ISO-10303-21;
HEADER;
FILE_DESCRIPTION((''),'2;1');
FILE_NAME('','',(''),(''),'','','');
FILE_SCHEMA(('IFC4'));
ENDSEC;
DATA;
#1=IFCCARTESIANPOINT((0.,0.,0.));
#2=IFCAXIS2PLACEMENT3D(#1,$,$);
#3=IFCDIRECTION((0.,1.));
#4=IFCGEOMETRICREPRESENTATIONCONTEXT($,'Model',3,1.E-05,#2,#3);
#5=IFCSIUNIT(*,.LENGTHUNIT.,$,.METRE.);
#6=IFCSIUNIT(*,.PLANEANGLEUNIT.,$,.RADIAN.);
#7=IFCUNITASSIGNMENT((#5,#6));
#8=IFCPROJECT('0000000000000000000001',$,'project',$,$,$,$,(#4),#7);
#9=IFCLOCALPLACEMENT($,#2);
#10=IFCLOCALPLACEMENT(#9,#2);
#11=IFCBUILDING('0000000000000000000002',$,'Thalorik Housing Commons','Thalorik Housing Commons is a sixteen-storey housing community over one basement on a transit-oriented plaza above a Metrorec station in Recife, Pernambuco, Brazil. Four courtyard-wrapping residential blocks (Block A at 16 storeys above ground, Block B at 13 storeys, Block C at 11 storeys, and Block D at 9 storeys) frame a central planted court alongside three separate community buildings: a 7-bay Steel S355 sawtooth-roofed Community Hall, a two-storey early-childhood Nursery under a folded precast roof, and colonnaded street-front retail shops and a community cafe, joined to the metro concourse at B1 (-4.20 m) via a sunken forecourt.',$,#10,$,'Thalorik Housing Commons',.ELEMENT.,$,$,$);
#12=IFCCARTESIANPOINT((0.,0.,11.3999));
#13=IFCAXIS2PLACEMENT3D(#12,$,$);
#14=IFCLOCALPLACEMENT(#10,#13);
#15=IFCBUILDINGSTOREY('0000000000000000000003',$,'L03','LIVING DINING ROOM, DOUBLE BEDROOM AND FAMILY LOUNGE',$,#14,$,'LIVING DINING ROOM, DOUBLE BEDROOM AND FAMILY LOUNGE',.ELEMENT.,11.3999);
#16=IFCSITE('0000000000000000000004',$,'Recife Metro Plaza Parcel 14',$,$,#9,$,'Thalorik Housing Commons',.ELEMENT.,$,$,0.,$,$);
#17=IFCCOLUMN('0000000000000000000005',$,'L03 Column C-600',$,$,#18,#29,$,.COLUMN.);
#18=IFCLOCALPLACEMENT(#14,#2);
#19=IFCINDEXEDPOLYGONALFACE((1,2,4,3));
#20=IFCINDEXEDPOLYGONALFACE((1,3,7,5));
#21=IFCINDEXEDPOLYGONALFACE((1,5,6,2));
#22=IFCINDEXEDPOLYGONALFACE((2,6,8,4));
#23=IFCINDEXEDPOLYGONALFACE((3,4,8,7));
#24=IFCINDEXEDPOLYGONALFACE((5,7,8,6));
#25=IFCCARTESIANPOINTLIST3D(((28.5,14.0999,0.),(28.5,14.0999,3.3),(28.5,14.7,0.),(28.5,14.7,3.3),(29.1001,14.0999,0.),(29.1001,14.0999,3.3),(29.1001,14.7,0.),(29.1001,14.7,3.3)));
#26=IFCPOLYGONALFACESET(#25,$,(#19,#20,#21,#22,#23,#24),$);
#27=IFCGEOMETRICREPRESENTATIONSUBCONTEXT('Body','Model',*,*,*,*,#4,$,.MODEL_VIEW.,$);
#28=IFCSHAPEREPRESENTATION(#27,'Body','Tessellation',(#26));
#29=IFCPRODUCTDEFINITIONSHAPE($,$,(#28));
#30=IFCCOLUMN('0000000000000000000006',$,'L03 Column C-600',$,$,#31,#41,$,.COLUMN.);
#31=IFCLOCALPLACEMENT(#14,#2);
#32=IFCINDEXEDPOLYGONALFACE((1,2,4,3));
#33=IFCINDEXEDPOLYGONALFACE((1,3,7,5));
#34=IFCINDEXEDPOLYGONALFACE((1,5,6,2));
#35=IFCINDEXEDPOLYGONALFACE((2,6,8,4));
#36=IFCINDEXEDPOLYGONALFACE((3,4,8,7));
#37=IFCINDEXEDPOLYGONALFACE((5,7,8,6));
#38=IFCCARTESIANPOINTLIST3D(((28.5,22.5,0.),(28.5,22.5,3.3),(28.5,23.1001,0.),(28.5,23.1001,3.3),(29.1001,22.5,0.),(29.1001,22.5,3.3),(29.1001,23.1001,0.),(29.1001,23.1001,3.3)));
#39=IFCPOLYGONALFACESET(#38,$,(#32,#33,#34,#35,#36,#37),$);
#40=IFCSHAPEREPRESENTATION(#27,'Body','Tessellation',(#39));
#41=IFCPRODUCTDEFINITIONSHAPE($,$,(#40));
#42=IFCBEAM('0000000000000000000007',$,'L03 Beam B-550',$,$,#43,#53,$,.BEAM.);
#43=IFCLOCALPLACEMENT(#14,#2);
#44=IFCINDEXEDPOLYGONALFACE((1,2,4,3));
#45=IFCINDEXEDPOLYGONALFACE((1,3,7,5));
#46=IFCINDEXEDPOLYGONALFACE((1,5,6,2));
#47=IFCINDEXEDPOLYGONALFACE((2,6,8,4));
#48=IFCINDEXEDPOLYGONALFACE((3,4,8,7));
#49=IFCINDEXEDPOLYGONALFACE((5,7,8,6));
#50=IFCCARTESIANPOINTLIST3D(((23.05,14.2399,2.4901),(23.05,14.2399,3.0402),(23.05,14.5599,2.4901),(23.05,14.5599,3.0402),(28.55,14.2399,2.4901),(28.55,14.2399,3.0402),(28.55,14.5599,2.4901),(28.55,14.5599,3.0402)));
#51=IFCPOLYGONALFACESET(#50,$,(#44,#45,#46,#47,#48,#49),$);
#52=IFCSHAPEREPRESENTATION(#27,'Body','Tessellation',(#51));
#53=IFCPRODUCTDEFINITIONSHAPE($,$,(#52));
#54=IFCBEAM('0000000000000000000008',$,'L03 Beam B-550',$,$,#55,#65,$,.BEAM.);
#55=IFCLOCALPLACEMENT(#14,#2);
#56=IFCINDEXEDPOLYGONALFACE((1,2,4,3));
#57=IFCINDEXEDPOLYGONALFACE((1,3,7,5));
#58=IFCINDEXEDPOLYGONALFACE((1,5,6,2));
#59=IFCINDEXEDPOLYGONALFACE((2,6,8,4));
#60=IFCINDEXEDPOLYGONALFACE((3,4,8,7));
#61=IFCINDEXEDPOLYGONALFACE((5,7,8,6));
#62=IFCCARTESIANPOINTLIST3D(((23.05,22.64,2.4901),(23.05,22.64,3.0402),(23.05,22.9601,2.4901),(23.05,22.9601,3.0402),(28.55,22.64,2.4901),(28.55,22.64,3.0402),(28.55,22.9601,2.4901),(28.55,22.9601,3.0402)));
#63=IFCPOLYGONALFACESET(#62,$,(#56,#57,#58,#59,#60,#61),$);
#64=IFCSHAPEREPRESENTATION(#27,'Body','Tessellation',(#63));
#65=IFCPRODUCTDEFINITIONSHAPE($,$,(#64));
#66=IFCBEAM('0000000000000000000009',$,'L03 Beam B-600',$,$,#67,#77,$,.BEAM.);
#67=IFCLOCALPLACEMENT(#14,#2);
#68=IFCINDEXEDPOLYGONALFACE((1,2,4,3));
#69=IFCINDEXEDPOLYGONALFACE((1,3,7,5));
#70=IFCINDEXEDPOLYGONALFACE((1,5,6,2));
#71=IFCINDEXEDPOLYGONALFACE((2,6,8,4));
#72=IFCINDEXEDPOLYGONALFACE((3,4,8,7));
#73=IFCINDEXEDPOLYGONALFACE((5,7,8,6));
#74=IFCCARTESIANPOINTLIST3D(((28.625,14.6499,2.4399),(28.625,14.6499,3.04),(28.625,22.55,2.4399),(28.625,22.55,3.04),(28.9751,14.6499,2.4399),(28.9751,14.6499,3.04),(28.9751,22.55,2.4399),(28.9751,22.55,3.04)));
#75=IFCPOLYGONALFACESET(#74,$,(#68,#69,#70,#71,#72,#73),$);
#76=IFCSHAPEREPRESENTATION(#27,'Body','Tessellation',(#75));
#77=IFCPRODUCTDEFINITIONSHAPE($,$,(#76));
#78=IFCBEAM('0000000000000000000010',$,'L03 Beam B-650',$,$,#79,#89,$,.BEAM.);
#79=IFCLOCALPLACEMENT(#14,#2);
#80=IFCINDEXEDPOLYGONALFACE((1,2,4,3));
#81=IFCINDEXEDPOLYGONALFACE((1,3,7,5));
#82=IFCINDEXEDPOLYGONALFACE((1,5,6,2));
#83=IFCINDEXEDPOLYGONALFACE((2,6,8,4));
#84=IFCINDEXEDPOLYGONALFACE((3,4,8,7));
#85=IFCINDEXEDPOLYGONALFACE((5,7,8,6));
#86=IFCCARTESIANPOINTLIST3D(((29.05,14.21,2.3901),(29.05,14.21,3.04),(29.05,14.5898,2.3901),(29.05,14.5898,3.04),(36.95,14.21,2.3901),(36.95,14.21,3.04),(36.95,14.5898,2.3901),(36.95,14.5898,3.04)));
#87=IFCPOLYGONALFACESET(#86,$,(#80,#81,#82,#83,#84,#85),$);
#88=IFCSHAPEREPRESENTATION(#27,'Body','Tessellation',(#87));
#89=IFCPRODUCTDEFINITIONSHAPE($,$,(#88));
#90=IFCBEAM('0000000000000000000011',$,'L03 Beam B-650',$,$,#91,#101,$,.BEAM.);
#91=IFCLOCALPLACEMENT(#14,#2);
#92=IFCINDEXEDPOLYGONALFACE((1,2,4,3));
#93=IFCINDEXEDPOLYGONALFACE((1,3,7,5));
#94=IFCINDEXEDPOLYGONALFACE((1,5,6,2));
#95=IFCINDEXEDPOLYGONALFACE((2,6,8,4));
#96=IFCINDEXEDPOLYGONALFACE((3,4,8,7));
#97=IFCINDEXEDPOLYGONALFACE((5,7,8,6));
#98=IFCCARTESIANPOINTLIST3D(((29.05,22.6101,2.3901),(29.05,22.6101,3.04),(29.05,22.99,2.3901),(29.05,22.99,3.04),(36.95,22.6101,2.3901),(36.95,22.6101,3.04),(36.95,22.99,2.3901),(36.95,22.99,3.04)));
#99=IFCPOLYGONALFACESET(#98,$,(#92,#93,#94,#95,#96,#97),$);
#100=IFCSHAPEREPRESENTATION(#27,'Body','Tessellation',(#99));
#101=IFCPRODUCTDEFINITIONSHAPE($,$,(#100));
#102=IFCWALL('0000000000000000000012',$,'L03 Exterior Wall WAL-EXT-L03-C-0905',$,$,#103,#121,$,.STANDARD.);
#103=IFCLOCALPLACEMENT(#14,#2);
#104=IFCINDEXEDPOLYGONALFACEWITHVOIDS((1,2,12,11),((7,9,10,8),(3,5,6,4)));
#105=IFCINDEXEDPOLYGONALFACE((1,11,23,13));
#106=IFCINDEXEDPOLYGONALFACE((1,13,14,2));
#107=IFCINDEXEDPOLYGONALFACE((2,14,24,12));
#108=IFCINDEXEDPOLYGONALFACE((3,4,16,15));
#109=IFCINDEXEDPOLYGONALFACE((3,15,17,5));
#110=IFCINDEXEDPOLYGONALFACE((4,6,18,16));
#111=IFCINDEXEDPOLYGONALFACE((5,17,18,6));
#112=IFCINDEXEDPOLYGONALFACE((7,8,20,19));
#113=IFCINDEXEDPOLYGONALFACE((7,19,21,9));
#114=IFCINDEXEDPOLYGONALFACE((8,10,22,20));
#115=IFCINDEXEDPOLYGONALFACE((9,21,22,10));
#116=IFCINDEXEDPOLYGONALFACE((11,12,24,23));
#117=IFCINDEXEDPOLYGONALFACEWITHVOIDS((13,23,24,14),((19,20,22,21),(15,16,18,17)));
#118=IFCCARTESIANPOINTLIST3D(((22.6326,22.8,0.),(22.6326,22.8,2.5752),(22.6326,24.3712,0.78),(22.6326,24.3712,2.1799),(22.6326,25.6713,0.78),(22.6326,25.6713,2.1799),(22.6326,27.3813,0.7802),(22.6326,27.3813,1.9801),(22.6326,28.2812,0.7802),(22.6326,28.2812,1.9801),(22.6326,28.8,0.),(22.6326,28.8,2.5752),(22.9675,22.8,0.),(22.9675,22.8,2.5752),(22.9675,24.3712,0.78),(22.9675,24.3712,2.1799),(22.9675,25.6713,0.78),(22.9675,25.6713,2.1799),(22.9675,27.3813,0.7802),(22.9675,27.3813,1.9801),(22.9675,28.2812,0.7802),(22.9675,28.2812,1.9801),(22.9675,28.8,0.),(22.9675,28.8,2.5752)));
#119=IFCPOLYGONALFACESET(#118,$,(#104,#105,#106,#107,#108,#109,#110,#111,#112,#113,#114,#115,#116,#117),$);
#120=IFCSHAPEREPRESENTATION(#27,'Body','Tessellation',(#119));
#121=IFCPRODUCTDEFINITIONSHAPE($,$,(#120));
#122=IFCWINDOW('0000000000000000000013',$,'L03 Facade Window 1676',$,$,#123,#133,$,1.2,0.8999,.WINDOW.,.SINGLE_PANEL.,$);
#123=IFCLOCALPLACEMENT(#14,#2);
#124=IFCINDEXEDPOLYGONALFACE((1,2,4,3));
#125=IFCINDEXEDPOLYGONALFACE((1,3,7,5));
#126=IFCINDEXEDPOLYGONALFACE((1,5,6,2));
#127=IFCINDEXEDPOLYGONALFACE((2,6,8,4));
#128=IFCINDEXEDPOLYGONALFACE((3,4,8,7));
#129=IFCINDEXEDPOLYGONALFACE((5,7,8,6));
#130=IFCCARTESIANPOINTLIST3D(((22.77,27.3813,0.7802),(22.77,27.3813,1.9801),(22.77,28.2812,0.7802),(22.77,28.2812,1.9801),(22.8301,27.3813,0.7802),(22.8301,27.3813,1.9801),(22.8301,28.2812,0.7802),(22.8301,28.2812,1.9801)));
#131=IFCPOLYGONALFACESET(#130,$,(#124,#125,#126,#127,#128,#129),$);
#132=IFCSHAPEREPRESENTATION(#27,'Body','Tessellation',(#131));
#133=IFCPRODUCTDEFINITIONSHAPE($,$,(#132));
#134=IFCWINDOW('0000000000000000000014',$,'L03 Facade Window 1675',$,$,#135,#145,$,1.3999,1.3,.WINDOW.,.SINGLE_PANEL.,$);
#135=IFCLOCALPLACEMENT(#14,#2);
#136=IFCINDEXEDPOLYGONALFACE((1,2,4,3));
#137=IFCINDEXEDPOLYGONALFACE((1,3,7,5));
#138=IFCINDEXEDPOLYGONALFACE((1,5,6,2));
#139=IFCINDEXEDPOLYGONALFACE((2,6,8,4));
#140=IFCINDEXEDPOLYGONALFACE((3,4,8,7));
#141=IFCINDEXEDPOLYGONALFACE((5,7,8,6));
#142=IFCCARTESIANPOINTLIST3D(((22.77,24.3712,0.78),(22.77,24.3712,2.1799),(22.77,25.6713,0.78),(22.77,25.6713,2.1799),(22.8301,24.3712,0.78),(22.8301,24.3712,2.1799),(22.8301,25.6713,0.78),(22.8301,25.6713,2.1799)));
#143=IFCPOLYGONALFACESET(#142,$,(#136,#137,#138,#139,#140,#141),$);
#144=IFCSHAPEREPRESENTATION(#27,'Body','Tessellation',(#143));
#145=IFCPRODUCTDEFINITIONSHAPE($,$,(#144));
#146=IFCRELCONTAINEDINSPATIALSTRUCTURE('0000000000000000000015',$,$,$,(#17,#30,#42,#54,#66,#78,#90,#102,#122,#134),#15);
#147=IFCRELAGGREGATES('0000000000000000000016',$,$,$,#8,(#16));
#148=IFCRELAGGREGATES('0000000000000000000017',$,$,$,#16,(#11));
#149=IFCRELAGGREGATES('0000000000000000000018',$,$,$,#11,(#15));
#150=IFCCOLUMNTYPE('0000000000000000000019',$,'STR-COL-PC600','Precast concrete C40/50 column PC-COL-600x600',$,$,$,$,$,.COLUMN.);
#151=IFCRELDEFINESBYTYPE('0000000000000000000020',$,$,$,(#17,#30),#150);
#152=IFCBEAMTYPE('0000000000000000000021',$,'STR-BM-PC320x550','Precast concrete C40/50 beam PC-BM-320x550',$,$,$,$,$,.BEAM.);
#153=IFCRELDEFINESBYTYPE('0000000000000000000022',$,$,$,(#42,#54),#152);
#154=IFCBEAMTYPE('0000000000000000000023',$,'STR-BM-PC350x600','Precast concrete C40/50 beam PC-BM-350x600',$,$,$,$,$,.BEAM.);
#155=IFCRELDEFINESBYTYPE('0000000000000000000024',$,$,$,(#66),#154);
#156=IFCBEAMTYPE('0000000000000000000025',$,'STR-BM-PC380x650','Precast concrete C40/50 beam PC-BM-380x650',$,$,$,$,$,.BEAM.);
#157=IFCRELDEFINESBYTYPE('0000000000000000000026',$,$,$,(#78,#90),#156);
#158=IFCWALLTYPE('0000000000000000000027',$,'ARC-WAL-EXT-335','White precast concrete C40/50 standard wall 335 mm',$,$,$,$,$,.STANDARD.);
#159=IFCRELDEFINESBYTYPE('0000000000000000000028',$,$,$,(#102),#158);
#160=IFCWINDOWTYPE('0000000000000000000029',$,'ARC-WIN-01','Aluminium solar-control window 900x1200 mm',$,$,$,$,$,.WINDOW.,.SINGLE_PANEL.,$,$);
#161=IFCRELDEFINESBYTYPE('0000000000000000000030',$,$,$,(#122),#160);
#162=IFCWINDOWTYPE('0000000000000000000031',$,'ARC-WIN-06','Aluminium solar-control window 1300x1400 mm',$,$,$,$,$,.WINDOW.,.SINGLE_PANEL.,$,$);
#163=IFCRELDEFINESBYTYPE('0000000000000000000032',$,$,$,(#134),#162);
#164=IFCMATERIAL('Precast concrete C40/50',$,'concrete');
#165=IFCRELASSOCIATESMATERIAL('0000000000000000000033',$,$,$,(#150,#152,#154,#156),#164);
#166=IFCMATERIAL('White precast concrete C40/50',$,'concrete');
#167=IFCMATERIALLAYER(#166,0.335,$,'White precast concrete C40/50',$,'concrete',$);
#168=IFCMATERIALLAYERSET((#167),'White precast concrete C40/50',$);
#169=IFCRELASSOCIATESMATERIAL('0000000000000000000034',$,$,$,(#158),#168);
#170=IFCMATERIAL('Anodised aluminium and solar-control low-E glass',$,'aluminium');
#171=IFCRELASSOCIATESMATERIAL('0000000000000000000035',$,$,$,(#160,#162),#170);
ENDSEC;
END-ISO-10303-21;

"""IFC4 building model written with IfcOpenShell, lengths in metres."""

from ifc_helpers import new_model, si_unit, direction, frame, frame_2d, origin, origin_2d, place, context, subcontext, project, spatial, rectangle, extrude, material, layer, layer_set, material_profile, profile_set, type_object, element, fill, save


model = new_model("IFC4")

# Units and contexts
model_context = context("Model", 3, precision=1e-05, world=origin(), true_north=direction((0.0, 1.0)))
body_context = subcontext(model_context, "Body", "Model", "MODEL_VIEW")
ifc_project = project(units=[si_unit("LENGTHUNIT", "METRE"), si_unit("PLANEANGLEUNIT", "RADIAN")], contexts=[model_context])

# Site, building, storey
site_placement = place(None, origin())
site = spatial("IfcSite", under=ifc_project, at=site_placement, Name="Recife Metro Plaza Parcel 14", LongName="Thalorik Housing Commons", CompositionType="ELEMENT", RefElevation=0.0)
building_placement = place(site_placement, origin())
building = spatial("IfcBuilding", under=site, at=building_placement, Name="Thalorik Housing Commons", Description="Thalorik Housing Commons is a sixteen-storey housing community over one basement on a transit-oriented plaza above a Metrorec station in Recife, Pernambuco, Brazil. Four courtyard-wrapping residential blocks (Block A at 16 storeys above ground, Block B at 13 storeys, Block C at 11 storeys, and Block D at 9 storeys) frame a central planted court alongside three separate community buildings: a 7-bay Steel S355 sawtooth-roofed Community Hall, a two-storey early-childhood Nursery under a folded precast roof, and colonnaded street-front retail shops and a community cafe, joined to the metro concourse at B1 (-4.20 m) via a sunken forecourt.", LongName="Thalorik Housing Commons", CompositionType="ELEMENT")
storey_placement = place(building_placement, frame((0.0, 0.0, 11.3999)))
storey = spatial("IfcBuildingStorey", under=building, at=storey_placement, Name="L03", Description="LIVING DINING ROOM, DOUBLE BEDROOM AND FAMILY LOUNGE", LongName="LIVING DINING ROOM, DOUBLE BEDROOM AND FAMILY LOUNGE", CompositionType="ELEMENT", Elevation=11.3999)

# Columns
ifc_material_1 = material(Name="Precast concrete C40/50", Category="concrete")
ifc_material_profile_1 = material_profile(ifc_material_1, rectangle(XDim=0.6001, YDim=0.6001, at=origin_2d()), Name="PC 600x600", Category="concrete")
ifc_profile_set_1 = profile_set([ifc_material_profile_1], Name="Precast concrete C40/50")
column_type = type_object("IfcColumnType", Name="STR-COL-PC600", Description="Precast concrete C40/50 column PC-COL-600x600", PredefinedType="COLUMN", material=ifc_profile_set_1)
for number, where, z_axis, x_axis, name in (
    (1, (28.8, 14.3999, 0.0), (0.0, 0.0, 1.0), (1.0, 0.0, 0.0), "L03 Column C-600"),
    (2, (28.8, 22.8, 0.0), (0.0, 0.0, 1.0), (1.0, 0.0, 0.0), "L03 Column C-600"),
):
    element("IfcColumn", number, at=place(storey_placement, frame(where, z_axis=z_axis, x_axis=x_axis)), inside=storey, type_object=column_type, Name=name, PredefinedType="COLUMN", context=body_context, shape_type="SweptSolid", body=[
        extrude(rectangle(XDim=0.6001, YDim=0.6001, at=origin_2d()), origin(), (0.0, 0.0, 1.0), 3.3),
    ])

# Beams
ifc_material_profile_2 = material_profile(ifc_material_1, rectangle(XDim=0.3201, YDim=0.55, at=origin_2d()), Name="PC 320x550", Category="concrete")
ifc_profile_set_2 = profile_set([ifc_material_profile_2], Name="Precast concrete C40/50")
beam_type_1 = type_object("IfcBeamType", Name="STR-BM-PC320x550", Description="Precast concrete C40/50 beam PC-BM-320x550", PredefinedType="BEAM", material=ifc_profile_set_2)
for number, where, z_axis, x_axis, name in (
    (3, (23.05, 14.3999, 2.7651), (1.0, 0.0, 0.0), (0.0, 1.0, 0.0), "L03 Beam B-550"),
    (4, (23.05, 22.8, 2.7651), (1.0, 0.0, 0.0), (0.0, 1.0, 0.0), "L03 Beam B-550"),
):
    element("IfcBeam", number, at=place(storey_placement, frame(where, z_axis=z_axis, x_axis=x_axis)), inside=storey, type_object=beam_type_1, Name=name, PredefinedType="BEAM", context=body_context, shape_type="SweptSolid", body=[
        extrude(rectangle(XDim=0.3201, YDim=0.55, at=origin_2d()), origin(), (0.0, 0.0, 1.0), 5.5),
    ])
ifc_material_profile_3 = material_profile(ifc_material_1, rectangle(XDim=0.3501, YDim=0.6001, at=origin_2d()), Name="PC 350x600", Category="concrete")
ifc_profile_set_3 = profile_set([ifc_material_profile_3], Name="Precast concrete C40/50")
beam_type_2 = type_object("IfcBeamType", Name="STR-BM-PC350x600", Description="Precast concrete C40/50 beam PC-BM-350x600", PredefinedType="BEAM", material=ifc_profile_set_3)
beam_placement = place(storey_placement, frame((28.8, 14.6499, 2.74), z_axis=(0.0, 1.0, 0.0), x_axis=(-1.0, 0.0, 0.0)))
element("IfcBeam", 5, at=beam_placement, inside=storey, type_object=beam_type_2, Name="L03 Beam B-600", PredefinedType="BEAM", context=body_context, shape_type="SweptSolid", body=[
    extrude(rectangle(XDim=0.3501, YDim=0.6001, at=origin_2d()), origin(), (0.0, 0.0, 1.0), 7.9001),
])
ifc_material_profile_4 = material_profile(ifc_material_1, rectangle(XDim=0.3799, YDim=0.6499, at=origin_2d()), Name="PC 380x650", Category="concrete")
ifc_profile_set_4 = profile_set([ifc_material_profile_4], Name="Precast concrete C40/50")
beam_type_3 = type_object("IfcBeamType", Name="STR-BM-PC380x650", Description="Precast concrete C40/50 beam PC-BM-380x650", PredefinedType="BEAM", material=ifc_profile_set_4)
for number, where, z_axis, x_axis, name in (
    (6, (29.05, 14.3999, 2.7151), (1.0, 0.0, 0.0), (0.0, 1.0, 0.0), "L03 Beam B-650"),
    (7, (29.05, 22.8, 2.7151), (1.0, 0.0, 0.0), (0.0, 1.0, 0.0), "L03 Beam B-650"),
):
    element("IfcBeam", number, at=place(storey_placement, frame(where, z_axis=z_axis, x_axis=x_axis)), inside=storey, type_object=beam_type_3, Name=name, PredefinedType="BEAM", context=body_context, shape_type="SweptSolid", body=[
        extrude(rectangle(XDim=0.3799, YDim=0.6499, at=origin_2d()), origin(), (0.0, 0.0, 1.0), 7.8999),
    ])

# Wall, openings, windows
ifc_material_2 = material(Name="White precast concrete C40/50", Category="concrete")
ifc_layer_1 = layer(ifc_material_2, 0.335, Name="White precast concrete C40/50", Category="concrete")
ifc_layer_set_1 = layer_set([ifc_layer_1], Name="White precast concrete C40/50")
wall_type_1 = type_object("IfcWallType", Name="ARC-WAL-EXT-335", Description="White precast concrete C40/50 standard wall 335 mm", PredefinedType="STANDARD", material=ifc_layer_set_1)
wall_1_placement = place(storey_placement, frame((22.8, 22.8, 0.0), z_axis=(0.0, 0.0, 1.0), x_axis=(0.0, 1.0, 0.0)))
wall_1 = element("IfcWall", 8, at=wall_1_placement, inside=storey, type_object=wall_type_1, Name="L03 Exterior Wall WAL-EXT-L03-C-0905", PredefinedType="STANDARD", context=body_context, shape_type="SweptSolid", body=[
    extrude(rectangle(XDim=6.0, YDim=0.335, at=frame_2d((3.0, 0.0))), origin(), (0.0, 0.0, 1.0), 2.5752),
])
opening_1_placement = place(wall_1_placement, frame((1.5713, 0.0, 0.78)))
opening_1 = element("IfcOpeningElement", 9, at=opening_1_placement, cuts=wall_1, PredefinedType="OPENING", context=body_context, shape_type="SweptSolid", body=[
    extrude(rectangle(XDim=1.3, YDim=1.3999, at=frame_2d((0.6499, 0.7))), frame((0.0, 0.1775, 0.0), z_axis=(0.0, -1.0, 0.0), x_axis=(1.0, 0.0, 0.0)), (0.0, 0.0, 1.0), 0.355),
])
opening_2_placement = place(wall_1_placement, frame((4.5813, 0.0, 0.78)))
opening_2 = element("IfcOpeningElement", 10, at=opening_2_placement, cuts=wall_1, PredefinedType="OPENING", context=body_context, shape_type="SweptSolid", body=[
    extrude(rectangle(XDim=0.8999, YDim=1.2, at=frame_2d((0.45, 0.6001))), frame((0.0, 0.1775, 0.0), z_axis=(0.0, -1.0, 0.0), x_axis=(1.0, 0.0, 0.0)), (0.0, 0.0, 1.0), 0.355),
])
ifc_material_3 = material(Name="Anodised aluminium and solar-control low-E glass", Category="aluminium")
window_type_1 = type_object("IfcWindowType", Name="ARC-WIN-01", Description="Aluminium solar-control window 900x1200 mm", PartitioningType="SINGLE_PANEL", PredefinedType="WINDOW", material=ifc_material_3)
window_1_placement = place(opening_2_placement, origin())
window_1 = element("IfcWindow", 11, at=window_1_placement, inside=storey, type_object=window_type_1, Name="L03 Facade Window 1676", OverallHeight=1.2, OverallWidth=0.8999, PartitioningType="SINGLE_PANEL", PredefinedType="WINDOW", context=body_context, shape_type="SweptSolid", body=[
    extrude(rectangle(XDim=0.8999, YDim=1.2, at=frame_2d((0.45, 0.6001))), frame((0.0, 0.03, 0.0), z_axis=(0.0, -1.0, 0.0), x_axis=(1.0, 0.0, 0.0)), (0.0, 0.0, 1.0), 0.0601),
])
fill(opening_2, window_1)
window_type_2 = type_object("IfcWindowType", Name="ARC-WIN-06", Description="Aluminium solar-control window 1300x1400 mm", PartitioningType="SINGLE_PANEL", PredefinedType="WINDOW", material=ifc_material_3)
window_2_placement = place(opening_1_placement, origin())
window_2 = element("IfcWindow", 12, at=window_2_placement, inside=storey, type_object=window_type_2, Name="L03 Facade Window 1675", OverallHeight=1.3999, OverallWidth=1.3, PartitioningType="SINGLE_PANEL", PredefinedType="WINDOW", context=body_context, shape_type="SweptSolid", body=[
    extrude(rectangle(XDim=1.3, YDim=1.3999, at=frame_2d((0.6499, 0.7))), frame((0.0, 0.03, 0.0), z_axis=(0.0, -1.0, 0.0), x_axis=(1.0, 0.0, 0.0)), (0.0, 0.0, 1.0), 0.0601),
])
fill(opening_1, window_2)

save(model, "model.ifc")
